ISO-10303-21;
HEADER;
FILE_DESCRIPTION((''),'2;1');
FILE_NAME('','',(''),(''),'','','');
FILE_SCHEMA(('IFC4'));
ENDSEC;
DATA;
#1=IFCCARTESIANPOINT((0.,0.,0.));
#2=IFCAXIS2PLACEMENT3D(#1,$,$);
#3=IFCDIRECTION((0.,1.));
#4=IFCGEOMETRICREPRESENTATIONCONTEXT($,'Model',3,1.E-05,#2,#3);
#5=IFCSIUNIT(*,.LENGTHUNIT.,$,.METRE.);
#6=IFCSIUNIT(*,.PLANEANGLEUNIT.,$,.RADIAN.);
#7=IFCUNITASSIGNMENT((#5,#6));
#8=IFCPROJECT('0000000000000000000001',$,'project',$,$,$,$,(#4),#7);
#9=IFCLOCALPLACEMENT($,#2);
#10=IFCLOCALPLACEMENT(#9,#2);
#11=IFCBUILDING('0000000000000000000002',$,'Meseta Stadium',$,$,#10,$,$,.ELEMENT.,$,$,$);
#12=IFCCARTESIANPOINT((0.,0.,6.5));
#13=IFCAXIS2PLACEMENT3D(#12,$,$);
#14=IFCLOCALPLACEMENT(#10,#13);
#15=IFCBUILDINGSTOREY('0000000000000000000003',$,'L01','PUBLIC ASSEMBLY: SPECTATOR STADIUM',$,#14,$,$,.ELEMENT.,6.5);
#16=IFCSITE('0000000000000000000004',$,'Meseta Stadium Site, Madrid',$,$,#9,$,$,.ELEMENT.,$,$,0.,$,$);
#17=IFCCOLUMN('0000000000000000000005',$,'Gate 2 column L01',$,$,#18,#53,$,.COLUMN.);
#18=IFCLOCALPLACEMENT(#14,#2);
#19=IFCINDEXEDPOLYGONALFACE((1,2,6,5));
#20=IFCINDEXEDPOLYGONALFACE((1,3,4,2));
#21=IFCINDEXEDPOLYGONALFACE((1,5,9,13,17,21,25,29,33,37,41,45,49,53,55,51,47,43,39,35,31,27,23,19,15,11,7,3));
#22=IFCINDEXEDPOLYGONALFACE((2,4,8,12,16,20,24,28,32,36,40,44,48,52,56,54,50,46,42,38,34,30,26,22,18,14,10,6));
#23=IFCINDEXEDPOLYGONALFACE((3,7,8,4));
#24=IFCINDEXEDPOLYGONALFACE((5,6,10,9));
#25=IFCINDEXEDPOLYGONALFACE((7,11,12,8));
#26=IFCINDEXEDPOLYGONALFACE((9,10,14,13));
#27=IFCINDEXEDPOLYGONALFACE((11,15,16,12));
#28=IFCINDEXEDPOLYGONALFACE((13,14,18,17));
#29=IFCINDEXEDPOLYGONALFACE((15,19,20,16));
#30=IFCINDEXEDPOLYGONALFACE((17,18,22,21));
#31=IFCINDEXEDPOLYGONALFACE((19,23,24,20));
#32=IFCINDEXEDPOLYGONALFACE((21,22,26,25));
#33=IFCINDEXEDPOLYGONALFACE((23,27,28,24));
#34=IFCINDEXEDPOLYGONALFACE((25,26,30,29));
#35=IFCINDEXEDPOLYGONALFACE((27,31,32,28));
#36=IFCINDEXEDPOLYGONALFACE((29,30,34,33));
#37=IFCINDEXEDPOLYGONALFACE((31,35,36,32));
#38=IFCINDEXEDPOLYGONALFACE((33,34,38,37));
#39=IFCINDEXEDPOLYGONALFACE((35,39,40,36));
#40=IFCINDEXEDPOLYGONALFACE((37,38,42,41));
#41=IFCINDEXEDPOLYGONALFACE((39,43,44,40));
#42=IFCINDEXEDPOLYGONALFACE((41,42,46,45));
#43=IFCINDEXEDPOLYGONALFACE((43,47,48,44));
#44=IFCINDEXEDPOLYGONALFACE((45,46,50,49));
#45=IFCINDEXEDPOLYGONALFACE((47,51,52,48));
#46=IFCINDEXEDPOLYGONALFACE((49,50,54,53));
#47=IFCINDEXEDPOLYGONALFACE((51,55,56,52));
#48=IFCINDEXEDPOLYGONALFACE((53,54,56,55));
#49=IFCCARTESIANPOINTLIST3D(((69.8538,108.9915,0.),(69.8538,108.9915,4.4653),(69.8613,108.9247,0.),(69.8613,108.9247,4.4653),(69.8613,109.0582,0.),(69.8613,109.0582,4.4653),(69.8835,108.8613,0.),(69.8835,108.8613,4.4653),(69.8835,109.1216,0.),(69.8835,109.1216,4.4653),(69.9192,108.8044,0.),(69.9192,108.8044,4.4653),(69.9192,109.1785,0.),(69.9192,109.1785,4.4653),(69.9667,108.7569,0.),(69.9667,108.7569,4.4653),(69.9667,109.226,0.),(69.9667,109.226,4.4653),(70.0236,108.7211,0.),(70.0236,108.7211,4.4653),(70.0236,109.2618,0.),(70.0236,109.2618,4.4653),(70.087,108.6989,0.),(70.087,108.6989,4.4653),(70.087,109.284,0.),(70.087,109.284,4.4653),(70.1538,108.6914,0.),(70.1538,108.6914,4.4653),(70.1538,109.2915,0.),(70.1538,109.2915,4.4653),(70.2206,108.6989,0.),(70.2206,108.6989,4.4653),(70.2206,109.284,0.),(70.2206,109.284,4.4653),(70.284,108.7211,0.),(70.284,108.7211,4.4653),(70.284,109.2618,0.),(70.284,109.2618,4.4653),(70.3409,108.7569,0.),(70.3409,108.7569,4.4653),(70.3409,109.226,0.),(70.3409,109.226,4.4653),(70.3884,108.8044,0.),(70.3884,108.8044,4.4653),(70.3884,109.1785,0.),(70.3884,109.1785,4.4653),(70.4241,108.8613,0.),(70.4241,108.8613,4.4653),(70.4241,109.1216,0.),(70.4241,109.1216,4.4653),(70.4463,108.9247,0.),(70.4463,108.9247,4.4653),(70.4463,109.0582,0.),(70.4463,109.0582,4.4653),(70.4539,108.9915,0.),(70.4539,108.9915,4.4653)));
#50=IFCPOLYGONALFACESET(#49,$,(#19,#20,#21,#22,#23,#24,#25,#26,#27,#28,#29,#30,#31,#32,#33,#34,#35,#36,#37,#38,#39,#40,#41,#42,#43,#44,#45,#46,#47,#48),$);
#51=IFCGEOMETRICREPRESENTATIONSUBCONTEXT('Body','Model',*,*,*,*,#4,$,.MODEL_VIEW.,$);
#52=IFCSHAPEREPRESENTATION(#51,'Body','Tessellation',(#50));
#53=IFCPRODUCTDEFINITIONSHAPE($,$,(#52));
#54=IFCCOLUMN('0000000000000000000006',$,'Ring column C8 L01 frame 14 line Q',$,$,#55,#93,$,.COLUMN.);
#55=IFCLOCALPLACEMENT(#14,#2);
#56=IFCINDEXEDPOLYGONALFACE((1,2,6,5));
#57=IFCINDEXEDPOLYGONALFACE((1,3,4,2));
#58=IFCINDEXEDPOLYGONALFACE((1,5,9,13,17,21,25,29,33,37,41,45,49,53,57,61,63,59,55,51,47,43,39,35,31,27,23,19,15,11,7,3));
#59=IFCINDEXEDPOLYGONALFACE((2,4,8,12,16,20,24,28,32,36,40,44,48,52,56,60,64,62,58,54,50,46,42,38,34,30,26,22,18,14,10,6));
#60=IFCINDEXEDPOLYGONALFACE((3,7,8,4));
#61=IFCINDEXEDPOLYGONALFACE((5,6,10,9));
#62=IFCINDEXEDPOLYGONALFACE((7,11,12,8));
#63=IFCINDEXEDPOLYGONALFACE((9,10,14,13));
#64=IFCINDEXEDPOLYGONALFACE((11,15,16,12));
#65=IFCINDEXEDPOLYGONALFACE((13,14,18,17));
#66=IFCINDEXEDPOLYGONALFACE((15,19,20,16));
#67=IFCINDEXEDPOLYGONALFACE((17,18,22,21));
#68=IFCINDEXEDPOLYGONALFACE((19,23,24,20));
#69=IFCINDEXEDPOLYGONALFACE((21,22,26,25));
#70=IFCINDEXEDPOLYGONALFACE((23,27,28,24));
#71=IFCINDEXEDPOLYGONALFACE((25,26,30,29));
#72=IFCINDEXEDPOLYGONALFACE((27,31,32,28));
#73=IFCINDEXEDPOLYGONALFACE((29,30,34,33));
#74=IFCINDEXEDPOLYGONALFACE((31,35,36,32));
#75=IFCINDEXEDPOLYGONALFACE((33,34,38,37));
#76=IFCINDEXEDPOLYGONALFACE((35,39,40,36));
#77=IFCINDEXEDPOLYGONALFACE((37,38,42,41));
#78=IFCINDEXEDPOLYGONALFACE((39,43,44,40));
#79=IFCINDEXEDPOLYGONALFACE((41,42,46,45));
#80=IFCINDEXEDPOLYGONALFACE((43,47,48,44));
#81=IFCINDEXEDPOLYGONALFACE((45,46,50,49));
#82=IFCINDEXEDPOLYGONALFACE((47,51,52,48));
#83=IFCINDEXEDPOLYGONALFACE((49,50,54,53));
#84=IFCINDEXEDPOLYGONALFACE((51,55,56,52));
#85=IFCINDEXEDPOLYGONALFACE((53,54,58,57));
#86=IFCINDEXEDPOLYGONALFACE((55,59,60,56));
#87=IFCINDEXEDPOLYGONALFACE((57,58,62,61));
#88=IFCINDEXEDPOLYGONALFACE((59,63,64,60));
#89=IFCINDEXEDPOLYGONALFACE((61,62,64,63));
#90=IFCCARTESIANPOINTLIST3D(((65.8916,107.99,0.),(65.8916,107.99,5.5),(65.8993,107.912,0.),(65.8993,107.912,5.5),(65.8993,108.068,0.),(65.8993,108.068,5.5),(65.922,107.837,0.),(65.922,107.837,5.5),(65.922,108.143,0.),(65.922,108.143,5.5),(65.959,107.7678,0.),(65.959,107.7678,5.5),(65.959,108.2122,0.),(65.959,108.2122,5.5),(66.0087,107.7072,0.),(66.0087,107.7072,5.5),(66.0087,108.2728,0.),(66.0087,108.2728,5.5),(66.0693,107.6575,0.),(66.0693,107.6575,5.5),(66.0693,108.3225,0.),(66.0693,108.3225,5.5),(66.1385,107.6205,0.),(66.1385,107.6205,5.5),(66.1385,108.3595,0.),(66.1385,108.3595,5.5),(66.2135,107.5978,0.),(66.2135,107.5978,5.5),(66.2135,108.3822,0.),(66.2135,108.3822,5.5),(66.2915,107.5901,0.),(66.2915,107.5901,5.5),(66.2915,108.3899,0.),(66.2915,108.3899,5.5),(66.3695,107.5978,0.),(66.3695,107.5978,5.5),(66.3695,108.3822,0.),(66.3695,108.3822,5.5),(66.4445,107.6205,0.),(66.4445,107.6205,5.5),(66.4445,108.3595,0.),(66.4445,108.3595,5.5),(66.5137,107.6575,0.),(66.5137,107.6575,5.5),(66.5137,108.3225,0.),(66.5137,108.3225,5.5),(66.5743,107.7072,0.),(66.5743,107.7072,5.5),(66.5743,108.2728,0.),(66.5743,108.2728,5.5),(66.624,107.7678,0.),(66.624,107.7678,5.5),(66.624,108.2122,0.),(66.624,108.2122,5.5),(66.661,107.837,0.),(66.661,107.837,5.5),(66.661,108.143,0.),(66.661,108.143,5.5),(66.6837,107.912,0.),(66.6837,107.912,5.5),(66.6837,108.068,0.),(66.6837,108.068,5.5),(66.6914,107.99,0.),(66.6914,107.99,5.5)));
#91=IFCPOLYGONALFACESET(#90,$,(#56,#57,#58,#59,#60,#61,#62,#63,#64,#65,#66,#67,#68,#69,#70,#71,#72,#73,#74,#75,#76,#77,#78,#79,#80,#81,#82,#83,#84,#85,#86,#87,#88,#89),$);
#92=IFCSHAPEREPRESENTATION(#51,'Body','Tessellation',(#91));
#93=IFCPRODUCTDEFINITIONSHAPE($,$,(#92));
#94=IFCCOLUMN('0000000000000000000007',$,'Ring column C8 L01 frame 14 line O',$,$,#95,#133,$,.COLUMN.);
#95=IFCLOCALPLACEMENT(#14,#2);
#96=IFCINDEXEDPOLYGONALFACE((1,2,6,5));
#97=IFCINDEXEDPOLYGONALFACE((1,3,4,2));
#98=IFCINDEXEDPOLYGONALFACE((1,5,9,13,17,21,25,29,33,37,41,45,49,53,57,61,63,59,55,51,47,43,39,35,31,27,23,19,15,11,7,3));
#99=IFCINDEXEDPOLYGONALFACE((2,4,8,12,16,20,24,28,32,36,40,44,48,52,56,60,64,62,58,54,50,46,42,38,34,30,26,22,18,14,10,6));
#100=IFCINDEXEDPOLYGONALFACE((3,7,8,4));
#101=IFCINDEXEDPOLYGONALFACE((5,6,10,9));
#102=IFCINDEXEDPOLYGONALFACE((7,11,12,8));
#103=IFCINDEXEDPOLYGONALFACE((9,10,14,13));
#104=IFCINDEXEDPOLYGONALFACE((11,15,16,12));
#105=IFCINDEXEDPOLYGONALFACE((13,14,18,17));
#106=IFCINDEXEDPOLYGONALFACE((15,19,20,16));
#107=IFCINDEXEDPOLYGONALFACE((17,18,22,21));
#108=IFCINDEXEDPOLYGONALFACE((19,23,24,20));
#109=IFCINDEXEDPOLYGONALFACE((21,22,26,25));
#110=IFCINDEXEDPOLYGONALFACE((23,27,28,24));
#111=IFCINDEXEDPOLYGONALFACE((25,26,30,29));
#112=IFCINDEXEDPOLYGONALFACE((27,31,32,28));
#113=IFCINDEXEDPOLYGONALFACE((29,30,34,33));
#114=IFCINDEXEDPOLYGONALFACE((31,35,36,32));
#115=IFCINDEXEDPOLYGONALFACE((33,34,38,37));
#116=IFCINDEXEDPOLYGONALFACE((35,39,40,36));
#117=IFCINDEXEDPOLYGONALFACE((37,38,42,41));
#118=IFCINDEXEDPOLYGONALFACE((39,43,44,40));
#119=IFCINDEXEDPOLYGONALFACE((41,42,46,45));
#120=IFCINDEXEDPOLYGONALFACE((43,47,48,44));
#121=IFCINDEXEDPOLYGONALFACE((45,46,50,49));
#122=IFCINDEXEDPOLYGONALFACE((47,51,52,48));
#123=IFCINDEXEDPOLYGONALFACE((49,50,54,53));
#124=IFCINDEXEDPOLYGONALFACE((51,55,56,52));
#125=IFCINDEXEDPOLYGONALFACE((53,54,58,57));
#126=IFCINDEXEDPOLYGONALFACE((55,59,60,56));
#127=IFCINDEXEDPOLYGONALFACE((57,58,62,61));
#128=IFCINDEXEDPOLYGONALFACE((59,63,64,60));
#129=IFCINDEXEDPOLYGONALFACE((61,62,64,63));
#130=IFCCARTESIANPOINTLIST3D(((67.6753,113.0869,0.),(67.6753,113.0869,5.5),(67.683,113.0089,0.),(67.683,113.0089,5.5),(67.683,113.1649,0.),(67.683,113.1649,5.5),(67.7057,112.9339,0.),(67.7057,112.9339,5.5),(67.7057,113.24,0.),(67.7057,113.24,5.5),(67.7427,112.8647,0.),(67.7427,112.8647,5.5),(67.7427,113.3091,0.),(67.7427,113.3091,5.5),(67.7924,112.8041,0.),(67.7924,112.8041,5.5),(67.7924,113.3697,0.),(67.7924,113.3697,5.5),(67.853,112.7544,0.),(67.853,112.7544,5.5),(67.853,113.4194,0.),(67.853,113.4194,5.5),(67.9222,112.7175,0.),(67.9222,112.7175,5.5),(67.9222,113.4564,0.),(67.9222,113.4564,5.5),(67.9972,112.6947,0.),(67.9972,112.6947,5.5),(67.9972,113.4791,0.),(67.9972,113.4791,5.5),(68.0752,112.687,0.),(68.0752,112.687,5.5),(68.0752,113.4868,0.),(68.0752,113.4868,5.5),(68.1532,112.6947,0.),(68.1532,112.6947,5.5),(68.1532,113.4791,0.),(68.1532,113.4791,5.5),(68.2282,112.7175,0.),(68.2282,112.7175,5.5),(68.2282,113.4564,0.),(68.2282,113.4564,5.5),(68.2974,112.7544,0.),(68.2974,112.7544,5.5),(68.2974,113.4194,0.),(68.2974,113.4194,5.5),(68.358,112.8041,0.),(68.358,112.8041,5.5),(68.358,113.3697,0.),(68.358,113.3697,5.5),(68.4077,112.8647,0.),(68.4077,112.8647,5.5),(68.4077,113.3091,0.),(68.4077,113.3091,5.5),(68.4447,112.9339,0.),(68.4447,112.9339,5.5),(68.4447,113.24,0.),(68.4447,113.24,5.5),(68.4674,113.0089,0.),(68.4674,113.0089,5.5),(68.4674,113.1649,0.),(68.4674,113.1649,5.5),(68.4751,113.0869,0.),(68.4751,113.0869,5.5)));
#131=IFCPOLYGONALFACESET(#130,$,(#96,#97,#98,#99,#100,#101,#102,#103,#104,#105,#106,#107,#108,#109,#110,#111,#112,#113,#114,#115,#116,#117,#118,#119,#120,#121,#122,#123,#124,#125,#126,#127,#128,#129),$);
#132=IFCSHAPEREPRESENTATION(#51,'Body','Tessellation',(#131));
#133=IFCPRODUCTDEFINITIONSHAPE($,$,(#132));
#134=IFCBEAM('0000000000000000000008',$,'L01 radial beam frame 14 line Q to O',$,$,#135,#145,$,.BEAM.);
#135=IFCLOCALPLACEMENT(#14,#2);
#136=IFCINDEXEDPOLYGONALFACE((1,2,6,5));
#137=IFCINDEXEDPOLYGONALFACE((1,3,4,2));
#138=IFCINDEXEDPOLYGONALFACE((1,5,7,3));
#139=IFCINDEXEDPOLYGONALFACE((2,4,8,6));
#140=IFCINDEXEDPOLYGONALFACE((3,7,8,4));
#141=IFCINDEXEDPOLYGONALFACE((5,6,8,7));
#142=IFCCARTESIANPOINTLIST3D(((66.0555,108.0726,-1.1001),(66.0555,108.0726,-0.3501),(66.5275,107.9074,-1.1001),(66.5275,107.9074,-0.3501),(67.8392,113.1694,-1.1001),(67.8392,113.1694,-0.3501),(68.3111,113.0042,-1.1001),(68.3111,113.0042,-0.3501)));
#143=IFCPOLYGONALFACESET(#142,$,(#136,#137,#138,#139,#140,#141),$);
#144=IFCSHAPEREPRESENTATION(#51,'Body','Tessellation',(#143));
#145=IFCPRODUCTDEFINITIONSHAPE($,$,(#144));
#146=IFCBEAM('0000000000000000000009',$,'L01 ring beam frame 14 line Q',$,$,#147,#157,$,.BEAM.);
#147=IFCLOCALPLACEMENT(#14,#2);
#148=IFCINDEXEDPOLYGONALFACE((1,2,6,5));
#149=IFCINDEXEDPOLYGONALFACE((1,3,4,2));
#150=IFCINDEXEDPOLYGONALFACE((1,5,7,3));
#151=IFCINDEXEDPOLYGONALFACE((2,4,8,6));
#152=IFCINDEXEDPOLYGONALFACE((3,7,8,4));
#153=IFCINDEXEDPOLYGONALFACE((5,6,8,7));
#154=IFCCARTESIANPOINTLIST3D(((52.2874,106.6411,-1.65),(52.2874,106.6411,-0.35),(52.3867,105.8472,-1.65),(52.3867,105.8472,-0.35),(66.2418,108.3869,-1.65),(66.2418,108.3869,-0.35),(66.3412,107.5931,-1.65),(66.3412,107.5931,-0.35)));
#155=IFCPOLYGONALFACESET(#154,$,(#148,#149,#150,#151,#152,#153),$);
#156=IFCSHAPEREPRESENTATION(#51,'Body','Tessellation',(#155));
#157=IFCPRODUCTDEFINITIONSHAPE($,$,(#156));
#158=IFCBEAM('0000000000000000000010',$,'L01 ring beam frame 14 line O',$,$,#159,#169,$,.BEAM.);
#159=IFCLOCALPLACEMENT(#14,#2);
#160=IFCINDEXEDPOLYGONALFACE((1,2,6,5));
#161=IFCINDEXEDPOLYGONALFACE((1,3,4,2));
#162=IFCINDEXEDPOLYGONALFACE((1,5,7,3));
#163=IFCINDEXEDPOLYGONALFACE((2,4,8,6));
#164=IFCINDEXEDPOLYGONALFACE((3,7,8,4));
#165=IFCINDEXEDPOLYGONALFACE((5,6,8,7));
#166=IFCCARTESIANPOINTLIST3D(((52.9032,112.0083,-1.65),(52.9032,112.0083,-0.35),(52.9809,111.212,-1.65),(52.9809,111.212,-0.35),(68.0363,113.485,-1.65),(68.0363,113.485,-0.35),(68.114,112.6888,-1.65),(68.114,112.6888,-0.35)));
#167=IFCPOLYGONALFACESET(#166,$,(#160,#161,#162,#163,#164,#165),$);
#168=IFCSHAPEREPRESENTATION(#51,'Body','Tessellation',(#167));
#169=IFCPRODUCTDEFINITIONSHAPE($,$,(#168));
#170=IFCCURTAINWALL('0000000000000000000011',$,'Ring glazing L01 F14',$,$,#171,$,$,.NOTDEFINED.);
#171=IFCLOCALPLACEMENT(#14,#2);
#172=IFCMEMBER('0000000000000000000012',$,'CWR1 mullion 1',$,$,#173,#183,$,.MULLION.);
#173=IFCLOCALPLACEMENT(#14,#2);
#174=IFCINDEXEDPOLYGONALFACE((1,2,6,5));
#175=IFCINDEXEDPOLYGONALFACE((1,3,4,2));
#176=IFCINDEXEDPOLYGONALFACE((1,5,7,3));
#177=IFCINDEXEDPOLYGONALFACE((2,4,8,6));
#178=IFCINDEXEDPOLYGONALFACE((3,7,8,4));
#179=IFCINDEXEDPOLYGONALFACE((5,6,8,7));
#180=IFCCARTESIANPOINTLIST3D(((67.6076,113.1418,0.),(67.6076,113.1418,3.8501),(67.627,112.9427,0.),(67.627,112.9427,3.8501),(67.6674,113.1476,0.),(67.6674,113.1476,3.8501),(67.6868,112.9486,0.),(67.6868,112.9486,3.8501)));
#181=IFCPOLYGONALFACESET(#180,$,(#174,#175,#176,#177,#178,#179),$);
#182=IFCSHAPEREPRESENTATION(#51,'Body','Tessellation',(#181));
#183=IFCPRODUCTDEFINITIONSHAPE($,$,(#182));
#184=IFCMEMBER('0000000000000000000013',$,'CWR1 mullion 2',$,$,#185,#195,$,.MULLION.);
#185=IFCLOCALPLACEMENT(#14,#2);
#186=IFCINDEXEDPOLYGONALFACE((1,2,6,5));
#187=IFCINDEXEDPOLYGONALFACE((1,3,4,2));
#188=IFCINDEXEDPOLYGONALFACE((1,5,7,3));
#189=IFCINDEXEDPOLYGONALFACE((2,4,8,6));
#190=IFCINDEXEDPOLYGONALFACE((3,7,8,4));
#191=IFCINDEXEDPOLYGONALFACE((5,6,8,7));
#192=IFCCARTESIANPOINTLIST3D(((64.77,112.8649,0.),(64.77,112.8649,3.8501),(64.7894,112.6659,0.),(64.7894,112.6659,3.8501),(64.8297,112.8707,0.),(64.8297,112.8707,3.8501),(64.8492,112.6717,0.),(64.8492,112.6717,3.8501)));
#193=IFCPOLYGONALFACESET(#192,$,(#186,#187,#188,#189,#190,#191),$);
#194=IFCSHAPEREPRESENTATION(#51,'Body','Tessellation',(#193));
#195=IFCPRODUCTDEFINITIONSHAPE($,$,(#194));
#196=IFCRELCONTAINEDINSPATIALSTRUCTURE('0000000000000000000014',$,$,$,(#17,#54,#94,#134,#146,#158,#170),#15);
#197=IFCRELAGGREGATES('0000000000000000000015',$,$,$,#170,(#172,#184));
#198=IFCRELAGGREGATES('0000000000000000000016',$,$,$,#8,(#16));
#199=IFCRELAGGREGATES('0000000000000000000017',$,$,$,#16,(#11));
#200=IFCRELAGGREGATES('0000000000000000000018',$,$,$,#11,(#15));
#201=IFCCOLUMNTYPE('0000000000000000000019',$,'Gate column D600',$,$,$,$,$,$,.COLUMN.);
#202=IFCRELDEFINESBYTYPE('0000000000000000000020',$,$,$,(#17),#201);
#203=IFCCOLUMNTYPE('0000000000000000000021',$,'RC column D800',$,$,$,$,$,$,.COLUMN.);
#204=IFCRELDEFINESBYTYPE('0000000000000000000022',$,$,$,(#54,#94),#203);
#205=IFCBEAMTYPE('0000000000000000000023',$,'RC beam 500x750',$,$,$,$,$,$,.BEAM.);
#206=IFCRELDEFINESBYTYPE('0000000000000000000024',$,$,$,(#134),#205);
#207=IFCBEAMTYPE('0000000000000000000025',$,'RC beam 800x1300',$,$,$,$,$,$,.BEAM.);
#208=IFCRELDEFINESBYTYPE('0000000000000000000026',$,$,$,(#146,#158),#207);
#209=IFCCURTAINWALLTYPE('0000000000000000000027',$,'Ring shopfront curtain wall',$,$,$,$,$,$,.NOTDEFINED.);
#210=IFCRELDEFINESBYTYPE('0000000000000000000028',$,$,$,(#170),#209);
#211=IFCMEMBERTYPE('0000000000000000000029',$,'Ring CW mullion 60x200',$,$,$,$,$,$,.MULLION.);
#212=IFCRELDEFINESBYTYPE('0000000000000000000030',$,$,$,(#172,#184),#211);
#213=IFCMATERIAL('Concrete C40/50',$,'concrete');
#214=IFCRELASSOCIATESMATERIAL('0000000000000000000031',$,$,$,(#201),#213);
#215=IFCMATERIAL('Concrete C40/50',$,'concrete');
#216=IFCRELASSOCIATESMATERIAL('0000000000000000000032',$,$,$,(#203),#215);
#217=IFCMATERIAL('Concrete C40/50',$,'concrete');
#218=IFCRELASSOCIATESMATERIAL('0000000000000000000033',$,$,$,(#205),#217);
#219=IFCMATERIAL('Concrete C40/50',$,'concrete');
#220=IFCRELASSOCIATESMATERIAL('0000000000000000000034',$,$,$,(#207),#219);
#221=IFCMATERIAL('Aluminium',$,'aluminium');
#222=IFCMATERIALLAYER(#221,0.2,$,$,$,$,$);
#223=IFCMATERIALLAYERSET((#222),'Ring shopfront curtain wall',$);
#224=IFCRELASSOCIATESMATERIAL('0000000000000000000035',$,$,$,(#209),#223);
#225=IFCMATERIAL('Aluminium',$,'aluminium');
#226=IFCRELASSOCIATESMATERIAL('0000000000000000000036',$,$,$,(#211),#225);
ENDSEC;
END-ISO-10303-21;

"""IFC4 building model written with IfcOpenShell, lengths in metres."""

from ifc_helpers import new_model, si_unit, direction, frame, origin, origin_2d, place, context, subcontext, project, spatial, rectangle, circle, extrude, material, layer, layer_set, material_profile, profile_set, type_object, element, aggregate, save


model = new_model("IFC4")

# Units and contexts
model_context = context("Model", 3, precision=1e-05, world=origin(), true_north=direction((0.0, 1.0)))
body_context = subcontext(model_context, "Body", "Model", "MODEL_VIEW")
ifc_project = project(units=[si_unit("LENGTHUNIT", "METRE"), si_unit("PLANEANGLEUNIT", "RADIAN")], contexts=[model_context])

# Site, building, storey
site_placement = place(None, origin())
site = spatial("IfcSite", under=ifc_project, at=site_placement, Name="Meseta Stadium Site, Madrid", CompositionType="ELEMENT", RefElevation=0.0)
building_placement = place(site_placement, origin())
building = spatial("IfcBuilding", under=site, at=building_placement, Name="Meseta Stadium", CompositionType="ELEMENT")
storey_placement = place(building_placement, frame((0.0, 0.0, 6.5)))
storey = spatial("IfcBuildingStorey", under=building, at=storey_placement, Name="L01", Description="PUBLIC ASSEMBLY: SPECTATOR STADIUM", CompositionType="ELEMENT", Elevation=6.5)

# Columns
ifc_material_1 = material(Name="Concrete C40/50", Category="concrete")
ifc_material_profile_1 = material_profile(ifc_material_1, circle(Radius=0.3, at=origin_2d()), Name="RC D600")
ifc_profile_set_1 = profile_set([ifc_material_profile_1], Name="Concrete C40/50")
column_type_1 = type_object("IfcColumnType", Name="Gate column D600", PredefinedType="COLUMN", material=ifc_profile_set_1)
column_placement = place(storey_placement, frame((70.1538, 108.9915, 0.0), z_axis=(0.0, 0.0, 1.0), x_axis=(1.0, 0.0, 0.0)))
element("IfcColumn", 1, at=column_placement, inside=storey, type_object=column_type_1, Name="Gate 2 column L01", PredefinedType="COLUMN", context=body_context, shape_type="SweptSolid", body=[
    extrude(circle(Radius=0.3, at=origin_2d()), origin(), (0.0, 0.0, 1.0), 4.4653),
])
ifc_material_2 = material(Name="Concrete C40/50", Category="concrete")
ifc_material_profile_2 = material_profile(ifc_material_2, circle(Radius=0.3999, at=origin_2d()), Name="RC D800")
ifc_profile_set_2 = profile_set([ifc_material_profile_2], Name="Concrete C40/50")
column_type_2 = type_object("IfcColumnType", Name="RC column D800", PredefinedType="COLUMN", material=ifc_profile_set_2)
for number, where, z_axis, x_axis, name in (
    (2, (66.2915, 107.99, 0.0), (0.0, 0.0, 1.0), (1.0, 0.0, 0.0), "Ring column C8 L01 frame 14 line Q"),
    (3, (68.0752, 113.0869, 0.0), (0.0, 0.0, 1.0), (1.0, 0.0, 0.0), "Ring column C8 L01 frame 14 line O"),
):
    element("IfcColumn", number, at=place(storey_placement, frame(where, z_axis=z_axis, x_axis=x_axis)), inside=storey, type_object=column_type_2, Name=name, PredefinedType="COLUMN", context=body_context, shape_type="SweptSolid", body=[
        extrude(circle(Radius=0.3999, at=origin_2d()), origin(), (0.0, 0.0, 1.0), 5.5),
    ])

# Beams
ifc_material_3 = material(Name="Concrete C40/50", Category="concrete")
ifc_material_profile_3 = material_profile(ifc_material_3, rectangle(XDim=0.5, YDim=0.75, at=origin_2d()), Name="RC 500x750")
ifc_profile_set_3 = profile_set([ifc_material_profile_3], Name="Concrete C40/50")
beam_type_1 = type_object("IfcBeamType", Name="RC beam 500x750", PredefinedType="BEAM", material=ifc_profile_set_3)
beam_1_placement = place(storey_placement, frame((66.2915, 107.99, -0.7251), z_axis=(0.330312, 0.943872, 0.0), x_axis=(-0.943872, 0.330312, 0.0)))
element("IfcBeam", 4, at=beam_1_placement, inside=storey, type_object=beam_type_1, Name="L01 radial beam frame 14 line Q to O", PredefinedType="BEAM", context=body_context, shape_type="SweptSolid", body=[
    extrude(rectangle(XDim=0.5, YDim=0.75, at=origin_2d()), origin(), (0.0, 0.0, 1.0), 5.3999),
])
ifc_material_4 = material(Name="Concrete C40/50", Category="concrete")
ifc_material_profile_4 = material_profile(ifc_material_4, rectangle(XDim=0.8, YDim=1.3, at=origin_2d()), Name="RC 800x1300")
ifc_profile_set_4 = profile_set([ifc_material_profile_4], Name="Concrete C40/50")
beam_type_2 = type_object("IfcBeamType", Name="RC beam 800x1300", PredefinedType="BEAM", material=ifc_profile_set_4)
beam_2_placement = place(storey_placement, frame((66.2915, 107.99, -1.0), z_axis=(-0.992264, -0.124144, 0.0), x_axis=(0.124144, -0.992264, 0.0)))
element("IfcBeam", 5, at=beam_2_placement, inside=storey, type_object=beam_type_2, Name="L01 ring beam frame 14 line Q", PredefinedType="BEAM", context=body_context, shape_type="SweptSolid", body=[
    extrude(rectangle(XDim=0.8, YDim=1.3, at=origin_2d()), origin(), (0.0, 0.0, 1.0), 14.0632),
])
beam_3_placement = place(storey_placement, frame((68.0752, 113.0869, -1.0), z_axis=(-0.995272, -0.097125, 0.0), x_axis=(0.097125, -0.995272, 0.0)))
element("IfcBeam", 6, at=beam_3_placement, inside=storey, type_object=beam_type_2, Name="L01 ring beam frame 14 line O", PredefinedType="BEAM", context=body_context, shape_type="SweptSolid", body=[
    extrude(rectangle(XDim=0.8, YDim=1.3, at=origin_2d()), origin(), (0.0, 0.0, 1.0), 15.2051),
])

# Curtain wall, members
ifc_material_5 = material(Name="Aluminium", Category="aluminium")
ifc_layer_1 = layer(ifc_material_5, 0.2)
ifc_layer_set_1 = layer_set([ifc_layer_1], Name="Ring shopfront curtain wall")
curtain_wall_type_1 = type_object("IfcCurtainWallType", Name="Ring shopfront curtain wall", PredefinedType="NOTDEFINED", material=ifc_layer_set_1)
curtain_wall_1_placement = place(storey_placement, origin())
curtain_wall_1 = element("IfcCurtainWall", 7, at=curtain_wall_1_placement, inside=storey, type_object=curtain_wall_type_1, Name="Ring glazing L01 F14", PredefinedType="NOTDEFINED")
ifc_material_6 = material(Name="Aluminium", Category="aluminium")
ifc_material_profile_5 = material_profile(ifc_material_6, rectangle(XDim=0.2, YDim=0.0601, at=origin_2d()), Name="CW 200x60")
ifc_profile_set_5 = profile_set([ifc_material_profile_5], Name="Aluminium")
member_type_1 = type_object("IfcMemberType", Name="Ring CW mullion 60x200", PredefinedType="MULLION", material=ifc_profile_set_5)
member_1_placement = place(storey_placement, frame((67.6472, 113.0452, 0.0), z_axis=(0.0, 0.0, 1.0), x_axis=(0.097125, -0.995272, 0.0)))
member_1 = element("IfcMember", 8, at=member_1_placement, type_object=member_type_1, Name="CWR1 mullion 1", PredefinedType="MULLION", context=body_context, shape_type="SweptSolid", body=[
    extrude(rectangle(XDim=0.2, YDim=0.0601, at=origin_2d()), origin(), (0.0, 0.0, 1.0), 3.8501),
])
member_2_placement = place(storey_placement, frame((64.8096, 112.7683, 0.0), z_axis=(0.0, 0.0, 1.0), x_axis=(0.097125, -0.995272, 0.0)))
member_2 = element("IfcMember", 9, at=member_2_placement, type_object=member_type_1, Name="CWR1 mullion 2", PredefinedType="MULLION", context=body_context, shape_type="SweptSolid", body=[
    extrude(rectangle(XDim=0.2, YDim=0.0601, at=origin_2d()), origin(), (0.0, 0.0, 1.0), 3.8501),
])

aggregate(curtain_wall_1, [member_1, member_2])

save(model, "model.ifc")
